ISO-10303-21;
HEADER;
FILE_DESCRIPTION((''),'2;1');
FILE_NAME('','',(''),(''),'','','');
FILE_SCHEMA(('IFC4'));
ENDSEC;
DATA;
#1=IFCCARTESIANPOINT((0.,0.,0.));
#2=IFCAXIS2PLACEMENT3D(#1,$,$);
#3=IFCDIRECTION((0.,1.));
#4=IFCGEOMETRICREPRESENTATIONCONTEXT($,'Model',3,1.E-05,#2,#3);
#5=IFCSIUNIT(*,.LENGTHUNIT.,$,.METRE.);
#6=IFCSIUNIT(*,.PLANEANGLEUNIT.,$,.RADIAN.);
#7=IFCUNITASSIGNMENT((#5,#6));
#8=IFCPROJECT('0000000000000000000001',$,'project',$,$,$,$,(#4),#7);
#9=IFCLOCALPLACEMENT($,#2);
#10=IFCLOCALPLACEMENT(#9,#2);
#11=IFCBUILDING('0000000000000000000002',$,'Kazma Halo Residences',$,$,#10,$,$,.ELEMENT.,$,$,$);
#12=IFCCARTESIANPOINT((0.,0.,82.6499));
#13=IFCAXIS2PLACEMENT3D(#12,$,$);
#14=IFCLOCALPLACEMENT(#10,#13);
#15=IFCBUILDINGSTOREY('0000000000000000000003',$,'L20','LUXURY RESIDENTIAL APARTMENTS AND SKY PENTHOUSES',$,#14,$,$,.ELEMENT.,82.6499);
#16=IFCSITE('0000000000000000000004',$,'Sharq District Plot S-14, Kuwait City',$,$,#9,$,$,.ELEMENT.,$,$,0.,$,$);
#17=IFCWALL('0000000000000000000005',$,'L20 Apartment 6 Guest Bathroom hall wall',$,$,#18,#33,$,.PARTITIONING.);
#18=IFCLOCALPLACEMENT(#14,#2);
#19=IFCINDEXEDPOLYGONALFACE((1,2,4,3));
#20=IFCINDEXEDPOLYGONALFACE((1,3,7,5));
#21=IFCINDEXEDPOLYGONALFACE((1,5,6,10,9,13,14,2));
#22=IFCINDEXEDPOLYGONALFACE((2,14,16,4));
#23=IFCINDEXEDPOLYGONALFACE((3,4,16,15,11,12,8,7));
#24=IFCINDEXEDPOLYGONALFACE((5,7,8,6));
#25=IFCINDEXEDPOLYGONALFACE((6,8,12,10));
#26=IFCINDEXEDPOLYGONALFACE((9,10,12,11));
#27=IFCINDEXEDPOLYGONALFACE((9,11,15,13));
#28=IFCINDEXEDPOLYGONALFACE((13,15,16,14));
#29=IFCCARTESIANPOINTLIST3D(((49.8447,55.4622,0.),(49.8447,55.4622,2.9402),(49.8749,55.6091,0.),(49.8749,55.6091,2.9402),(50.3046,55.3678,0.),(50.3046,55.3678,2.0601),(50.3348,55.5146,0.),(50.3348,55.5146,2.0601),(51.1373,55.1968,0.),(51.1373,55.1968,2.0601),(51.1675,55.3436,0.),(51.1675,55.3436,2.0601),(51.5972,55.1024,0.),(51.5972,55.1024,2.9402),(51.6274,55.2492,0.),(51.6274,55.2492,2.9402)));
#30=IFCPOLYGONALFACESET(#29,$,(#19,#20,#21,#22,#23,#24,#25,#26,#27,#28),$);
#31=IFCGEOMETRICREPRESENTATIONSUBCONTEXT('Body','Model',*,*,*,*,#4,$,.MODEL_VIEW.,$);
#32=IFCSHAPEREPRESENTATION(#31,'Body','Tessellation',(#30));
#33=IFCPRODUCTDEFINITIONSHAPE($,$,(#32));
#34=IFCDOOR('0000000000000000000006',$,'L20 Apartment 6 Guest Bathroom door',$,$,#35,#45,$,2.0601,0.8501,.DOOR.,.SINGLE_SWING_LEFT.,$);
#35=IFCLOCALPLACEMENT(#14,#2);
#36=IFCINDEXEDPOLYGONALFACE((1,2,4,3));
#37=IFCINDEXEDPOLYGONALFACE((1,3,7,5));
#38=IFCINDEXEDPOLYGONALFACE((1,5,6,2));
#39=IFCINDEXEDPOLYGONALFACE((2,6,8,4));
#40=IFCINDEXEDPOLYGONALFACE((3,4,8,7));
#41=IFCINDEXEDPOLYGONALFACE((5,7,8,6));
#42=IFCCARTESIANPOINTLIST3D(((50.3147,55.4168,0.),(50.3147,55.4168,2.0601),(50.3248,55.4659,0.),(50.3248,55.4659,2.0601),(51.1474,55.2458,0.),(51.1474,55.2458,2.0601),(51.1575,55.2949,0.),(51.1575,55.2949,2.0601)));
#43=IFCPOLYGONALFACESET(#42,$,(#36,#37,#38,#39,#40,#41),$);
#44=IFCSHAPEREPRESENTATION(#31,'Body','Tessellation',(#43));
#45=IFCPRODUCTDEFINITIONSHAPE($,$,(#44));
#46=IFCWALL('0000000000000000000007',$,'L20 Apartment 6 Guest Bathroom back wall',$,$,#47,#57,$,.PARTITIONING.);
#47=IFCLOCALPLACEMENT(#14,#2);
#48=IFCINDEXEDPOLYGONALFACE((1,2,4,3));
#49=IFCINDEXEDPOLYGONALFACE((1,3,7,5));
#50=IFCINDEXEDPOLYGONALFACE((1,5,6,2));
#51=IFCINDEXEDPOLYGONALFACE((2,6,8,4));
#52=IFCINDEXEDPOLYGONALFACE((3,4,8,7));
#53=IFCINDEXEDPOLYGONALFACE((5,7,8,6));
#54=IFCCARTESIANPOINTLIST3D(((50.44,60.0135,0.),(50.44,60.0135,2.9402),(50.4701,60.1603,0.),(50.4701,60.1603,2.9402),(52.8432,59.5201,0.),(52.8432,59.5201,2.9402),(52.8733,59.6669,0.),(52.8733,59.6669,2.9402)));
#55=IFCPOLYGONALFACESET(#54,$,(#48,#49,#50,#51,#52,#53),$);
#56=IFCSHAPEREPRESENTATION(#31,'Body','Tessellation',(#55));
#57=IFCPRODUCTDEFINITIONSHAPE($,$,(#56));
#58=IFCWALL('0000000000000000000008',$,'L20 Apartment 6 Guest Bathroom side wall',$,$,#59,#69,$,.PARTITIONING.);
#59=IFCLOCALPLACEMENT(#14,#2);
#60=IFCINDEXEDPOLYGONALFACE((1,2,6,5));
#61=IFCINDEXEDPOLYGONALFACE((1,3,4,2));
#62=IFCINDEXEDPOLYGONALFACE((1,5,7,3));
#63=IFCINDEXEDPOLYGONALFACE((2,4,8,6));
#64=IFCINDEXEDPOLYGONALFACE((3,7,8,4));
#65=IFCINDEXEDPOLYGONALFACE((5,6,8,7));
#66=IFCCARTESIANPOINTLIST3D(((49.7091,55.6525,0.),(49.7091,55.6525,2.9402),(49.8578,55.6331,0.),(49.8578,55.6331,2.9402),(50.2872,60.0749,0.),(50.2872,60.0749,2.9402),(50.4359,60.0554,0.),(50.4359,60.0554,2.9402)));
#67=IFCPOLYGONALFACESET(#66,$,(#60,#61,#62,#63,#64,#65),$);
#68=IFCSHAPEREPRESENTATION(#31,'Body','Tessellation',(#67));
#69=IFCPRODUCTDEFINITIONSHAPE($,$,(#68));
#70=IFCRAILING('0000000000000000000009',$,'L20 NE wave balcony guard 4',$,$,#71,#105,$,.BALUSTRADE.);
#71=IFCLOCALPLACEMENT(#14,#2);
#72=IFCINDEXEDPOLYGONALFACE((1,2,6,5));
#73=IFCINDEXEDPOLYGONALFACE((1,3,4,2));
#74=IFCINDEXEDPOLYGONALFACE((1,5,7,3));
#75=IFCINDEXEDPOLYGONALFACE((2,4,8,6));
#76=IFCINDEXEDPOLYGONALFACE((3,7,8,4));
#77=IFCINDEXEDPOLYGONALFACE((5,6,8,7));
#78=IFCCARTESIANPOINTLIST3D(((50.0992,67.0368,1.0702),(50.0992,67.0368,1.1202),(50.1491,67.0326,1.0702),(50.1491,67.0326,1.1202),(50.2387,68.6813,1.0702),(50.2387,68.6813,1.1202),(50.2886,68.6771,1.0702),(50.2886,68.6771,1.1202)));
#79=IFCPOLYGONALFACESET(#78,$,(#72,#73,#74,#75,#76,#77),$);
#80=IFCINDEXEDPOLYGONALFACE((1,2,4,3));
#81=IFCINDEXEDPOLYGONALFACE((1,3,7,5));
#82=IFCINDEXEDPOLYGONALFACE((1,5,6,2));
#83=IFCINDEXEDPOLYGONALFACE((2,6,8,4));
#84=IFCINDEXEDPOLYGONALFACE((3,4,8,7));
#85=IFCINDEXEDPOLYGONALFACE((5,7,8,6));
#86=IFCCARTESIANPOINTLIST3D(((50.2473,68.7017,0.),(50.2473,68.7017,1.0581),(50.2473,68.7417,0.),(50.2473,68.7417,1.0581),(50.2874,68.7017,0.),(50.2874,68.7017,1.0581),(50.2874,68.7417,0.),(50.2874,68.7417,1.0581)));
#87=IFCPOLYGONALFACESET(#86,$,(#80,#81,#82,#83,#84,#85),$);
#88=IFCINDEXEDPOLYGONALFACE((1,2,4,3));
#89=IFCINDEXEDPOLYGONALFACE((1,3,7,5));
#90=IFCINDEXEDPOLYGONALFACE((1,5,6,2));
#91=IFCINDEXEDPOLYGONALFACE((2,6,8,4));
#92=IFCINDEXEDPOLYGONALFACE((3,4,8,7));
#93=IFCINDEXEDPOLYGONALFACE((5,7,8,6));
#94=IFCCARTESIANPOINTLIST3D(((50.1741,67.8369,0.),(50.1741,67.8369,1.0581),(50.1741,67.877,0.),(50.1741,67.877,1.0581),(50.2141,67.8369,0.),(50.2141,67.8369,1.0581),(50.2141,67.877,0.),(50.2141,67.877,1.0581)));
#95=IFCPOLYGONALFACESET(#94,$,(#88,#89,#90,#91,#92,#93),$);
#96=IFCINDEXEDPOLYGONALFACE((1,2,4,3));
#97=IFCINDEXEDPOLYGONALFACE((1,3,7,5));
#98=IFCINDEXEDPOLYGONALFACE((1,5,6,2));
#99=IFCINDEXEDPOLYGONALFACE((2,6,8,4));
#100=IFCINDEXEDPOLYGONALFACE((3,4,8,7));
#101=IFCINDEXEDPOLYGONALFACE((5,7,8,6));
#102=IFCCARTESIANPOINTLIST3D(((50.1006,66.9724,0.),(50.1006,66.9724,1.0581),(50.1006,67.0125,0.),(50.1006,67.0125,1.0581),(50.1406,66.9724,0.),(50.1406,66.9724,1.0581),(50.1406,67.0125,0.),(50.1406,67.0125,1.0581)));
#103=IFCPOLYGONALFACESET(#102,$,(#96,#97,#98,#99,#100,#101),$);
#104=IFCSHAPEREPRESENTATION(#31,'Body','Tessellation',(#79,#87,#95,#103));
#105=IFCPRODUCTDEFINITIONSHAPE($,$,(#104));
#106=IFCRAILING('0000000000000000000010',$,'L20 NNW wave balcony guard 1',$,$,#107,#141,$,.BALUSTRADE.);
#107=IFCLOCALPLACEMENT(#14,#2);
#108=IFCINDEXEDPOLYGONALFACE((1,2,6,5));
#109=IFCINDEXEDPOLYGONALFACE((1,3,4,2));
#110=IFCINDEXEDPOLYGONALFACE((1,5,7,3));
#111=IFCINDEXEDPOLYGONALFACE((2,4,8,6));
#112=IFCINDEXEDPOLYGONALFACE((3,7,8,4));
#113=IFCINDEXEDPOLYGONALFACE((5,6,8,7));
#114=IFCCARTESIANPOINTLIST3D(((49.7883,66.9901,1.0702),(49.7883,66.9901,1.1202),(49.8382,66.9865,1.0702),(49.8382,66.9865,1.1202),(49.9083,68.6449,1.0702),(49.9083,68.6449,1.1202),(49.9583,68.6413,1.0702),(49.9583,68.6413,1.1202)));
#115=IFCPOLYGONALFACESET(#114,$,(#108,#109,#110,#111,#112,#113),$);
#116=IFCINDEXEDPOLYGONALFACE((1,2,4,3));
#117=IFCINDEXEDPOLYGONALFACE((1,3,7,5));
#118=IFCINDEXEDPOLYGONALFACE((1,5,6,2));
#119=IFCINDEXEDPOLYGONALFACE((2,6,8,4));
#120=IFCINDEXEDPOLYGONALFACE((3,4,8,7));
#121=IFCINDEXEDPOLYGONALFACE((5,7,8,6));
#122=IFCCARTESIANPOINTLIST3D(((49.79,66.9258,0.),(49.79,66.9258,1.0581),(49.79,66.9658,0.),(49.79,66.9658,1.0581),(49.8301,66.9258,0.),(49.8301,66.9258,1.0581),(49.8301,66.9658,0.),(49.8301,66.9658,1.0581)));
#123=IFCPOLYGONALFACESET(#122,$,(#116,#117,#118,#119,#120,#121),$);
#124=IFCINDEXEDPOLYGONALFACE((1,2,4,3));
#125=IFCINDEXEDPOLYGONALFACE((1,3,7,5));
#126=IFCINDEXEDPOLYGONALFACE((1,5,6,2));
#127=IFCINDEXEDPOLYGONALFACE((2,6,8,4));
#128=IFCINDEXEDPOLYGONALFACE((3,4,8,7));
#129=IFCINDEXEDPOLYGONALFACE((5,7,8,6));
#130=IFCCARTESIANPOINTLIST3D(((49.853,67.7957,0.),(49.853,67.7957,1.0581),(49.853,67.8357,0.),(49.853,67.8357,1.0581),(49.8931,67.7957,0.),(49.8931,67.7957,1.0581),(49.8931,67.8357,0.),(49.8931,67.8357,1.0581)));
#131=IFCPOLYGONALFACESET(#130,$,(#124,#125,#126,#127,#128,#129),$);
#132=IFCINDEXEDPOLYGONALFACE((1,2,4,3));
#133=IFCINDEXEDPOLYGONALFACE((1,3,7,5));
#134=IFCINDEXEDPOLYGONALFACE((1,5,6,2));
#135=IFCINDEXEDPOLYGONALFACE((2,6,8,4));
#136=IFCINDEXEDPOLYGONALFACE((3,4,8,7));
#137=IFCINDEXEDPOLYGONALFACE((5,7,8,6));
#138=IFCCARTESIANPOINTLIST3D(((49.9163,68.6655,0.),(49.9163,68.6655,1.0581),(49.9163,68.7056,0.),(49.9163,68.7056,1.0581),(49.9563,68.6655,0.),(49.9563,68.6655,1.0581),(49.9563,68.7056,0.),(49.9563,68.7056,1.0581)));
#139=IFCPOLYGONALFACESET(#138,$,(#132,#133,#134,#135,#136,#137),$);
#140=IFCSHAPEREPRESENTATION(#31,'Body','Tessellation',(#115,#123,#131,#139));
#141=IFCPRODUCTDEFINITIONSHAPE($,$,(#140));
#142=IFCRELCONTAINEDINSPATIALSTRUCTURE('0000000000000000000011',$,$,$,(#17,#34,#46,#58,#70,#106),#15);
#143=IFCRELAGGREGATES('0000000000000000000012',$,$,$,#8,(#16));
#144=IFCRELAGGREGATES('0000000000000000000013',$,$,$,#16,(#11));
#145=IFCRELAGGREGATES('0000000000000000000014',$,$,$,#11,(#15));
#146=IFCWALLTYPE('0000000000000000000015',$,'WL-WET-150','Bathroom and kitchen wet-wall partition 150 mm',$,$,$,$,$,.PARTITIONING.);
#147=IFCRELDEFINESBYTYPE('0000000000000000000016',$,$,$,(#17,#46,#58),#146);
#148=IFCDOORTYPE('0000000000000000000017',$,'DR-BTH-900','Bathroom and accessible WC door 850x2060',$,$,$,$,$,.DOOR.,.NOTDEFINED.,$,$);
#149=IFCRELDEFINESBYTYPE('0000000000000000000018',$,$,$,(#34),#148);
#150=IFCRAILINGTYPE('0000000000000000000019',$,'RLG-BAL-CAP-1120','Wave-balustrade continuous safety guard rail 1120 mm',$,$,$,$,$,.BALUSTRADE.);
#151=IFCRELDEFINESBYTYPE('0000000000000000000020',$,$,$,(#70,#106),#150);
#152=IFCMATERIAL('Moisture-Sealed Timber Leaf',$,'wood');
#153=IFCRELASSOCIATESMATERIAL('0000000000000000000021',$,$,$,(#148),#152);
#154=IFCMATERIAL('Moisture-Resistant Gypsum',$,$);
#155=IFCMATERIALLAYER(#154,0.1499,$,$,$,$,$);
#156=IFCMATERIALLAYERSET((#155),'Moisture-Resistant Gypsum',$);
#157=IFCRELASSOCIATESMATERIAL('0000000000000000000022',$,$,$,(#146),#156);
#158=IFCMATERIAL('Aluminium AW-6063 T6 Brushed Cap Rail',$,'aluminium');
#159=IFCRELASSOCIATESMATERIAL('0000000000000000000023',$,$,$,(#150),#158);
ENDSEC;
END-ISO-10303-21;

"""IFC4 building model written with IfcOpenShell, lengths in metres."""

from ifc_helpers import new_model, si_unit, direction, frame, frame_2d, origin, origin_2d, place, context, subcontext, project, spatial, rectangle, extrude, material, layer, layer_set, type_object, element, fill, save


model = new_model("IFC4")

# Units and contexts
model_context = context("Model", 3, precision=1e-05, world=origin(), true_north=direction((0.0, 1.0)))
body_context = subcontext(model_context, "Body", "Model", "MODEL_VIEW")
ifc_project = project(units=[si_unit("LENGTHUNIT", "METRE"), si_unit("PLANEANGLEUNIT", "RADIAN")], contexts=[model_context])

# Site, building, storey
site_placement = place(None, origin())
site = spatial("IfcSite", under=ifc_project, at=site_placement, Name="Sharq District Plot S-14, Kuwait City", CompositionType="ELEMENT", RefElevation=0.0)
building_placement = place(site_placement, origin())
building = spatial("IfcBuilding", under=site, at=building_placement, Name="Kazma Halo Residences", CompositionType="ELEMENT")
storey_placement = place(building_placement, frame((0.0, 0.0, 82.6499)))
storey = spatial("IfcBuildingStorey", under=building, at=storey_placement, Name="L20", Description="LUXURY RESIDENTIAL APARTMENTS AND SKY PENTHOUSES", CompositionType="ELEMENT", Elevation=82.6499)

# Shared definitions
ifc_material_1 = material(Name="Moisture-Sealed Timber Leaf", Category="wood")
door_type_1 = type_object("IfcDoorType", Name="DR-BTH-900", Description="Bathroom and accessible WC door 850x2060", OperationType="NOTDEFINED", PredefinedType="DOOR", material=ifc_material_1)

# Wall, opening, door
ifc_material_2 = material(Name="Moisture-Resistant Gypsum")
ifc_layer_1 = layer(ifc_material_2, 0.1499)
ifc_layer_set_1 = layer_set([ifc_layer_1], Name="Moisture-Resistant Gypsum")
wall_type_1 = type_object("IfcWallType", Name="WL-WET-150", Description="Bathroom and kitchen wet-wall partition 150 mm", PredefinedType="PARTITIONING", material=ifc_layer_set_1)
wall_1_placement = place(storey_placement, frame((51.6123, 55.1758, 0.0), z_axis=(0.0, 0.0, 1.0), x_axis=(-0.97956, 0.201152, 0.0)))
wall_1 = element("IfcWall", 1, at=wall_1_placement, inside=storey, type_object=wall_type_1, Name="L20 Apartment 6 Guest Bathroom hall wall", PredefinedType="PARTITIONING", context=body_context, shape_type="SweptSolid", body=[
    extrude(rectangle(XDim=1.7891, YDim=0.1499, at=frame_2d((0.8945, 0.0))), origin(), (0.0, 0.0, 1.0), 2.9402),
])
opening_1_placement = place(wall_1_placement, frame((0.4695, 0.0, 0.0)))
opening_1 = element("IfcOpeningElement", 2, at=opening_1_placement, cuts=wall_1, PredefinedType="OPENING", context=body_context, shape_type="SweptSolid", body=[
    extrude(rectangle(XDim=0.8501, YDim=2.0601, at=frame_2d((0.425, 1.03))), frame((0.0, 0.085, 0.0), z_axis=(0.0, -1.0, 0.0), x_axis=(1.0, 0.0, 0.0)), (0.0, 0.0, 1.0), 0.1699),
])
door_1_placement = place(opening_1_placement, origin())
door_1 = element("IfcDoor", 3, at=door_1_placement, inside=storey, type_object=door_type_1, Name="L20 Apartment 6 Guest Bathroom door", OperationType="SINGLE_SWING_LEFT", OverallHeight=2.0601, OverallWidth=0.8501, PredefinedType="DOOR", context=body_context, shape_type="SweptSolid", body=[
    extrude(rectangle(XDim=0.8501, YDim=2.0601, at=frame_2d((0.425, 1.03))), frame((0.0, 0.0249, 0.0), z_axis=(0.0, -1.0, 0.0), x_axis=(1.0, 0.0, 0.0)), (0.0, 0.0, 1.0), 0.05),
])
fill(opening_1, door_1)

# Walls
wall_2_placement = place(storey_placement, frame((52.8582, 59.5935, 0.0), z_axis=(0.0, 0.0, 1.0), x_axis=(-0.979569, 0.201108, 0.0)))
element("IfcWall", 4, at=wall_2_placement, inside=storey, type_object=wall_type_1, Name="L20 Apartment 6 Guest Bathroom back wall", PredefinedType="PARTITIONING", context=body_context, shape_type="SweptSolid", body=[
    extrude(rectangle(XDim=2.4534, YDim=0.1499, at=frame_2d((1.2266, 0.0))), origin(), (0.0, 0.0, 1.0), 2.9402),
])
wall_3_placement = place(storey_placement, frame((49.7834, 55.6428, 0.0), z_axis=(0.0, 0.0, 1.0), x_axis=(0.129625, 0.991563, 0.0)))
element("IfcWall", 5, at=wall_3_placement, inside=storey, type_object=wall_type_1, Name="L20 Apartment 6 Guest Bathroom side wall", PredefinedType="PARTITIONING", context=body_context, shape_type="SweptSolid", body=[
    extrude(rectangle(XDim=4.46, YDim=0.1499, at=frame_2d((2.23, 0.0))), origin(), (0.0, 0.0, 1.0), 2.9402),
])

# Railings
ifc_material_3 = material(Name="Aluminium AW-6063 T6 Brushed Cap Rail", Category="aluminium")
railing_type = type_object("IfcRailingType", Name="RLG-BAL-CAP-1120", Description="Wave-balustrade continuous safety guard rail 1120 mm", PredefinedType="BALUSTRADE", material=ifc_material_3)
railing_1_placement = place(storey_placement, frame((50.2673, 68.7217, 0.0)))
element("IfcRailing", 6, at=railing_1_placement, inside=storey, type_object=railing_type, Name="L20 NE wave balcony guard 4", PredefinedType="BALUSTRADE", context=body_context, shape_type="SweptSolid", body=[
    extrude(rectangle(XDim=0.05, YDim=0.05, at=origin_2d()), frame((-0.0037, -0.0425, 1.0952), z_axis=(-0.084547, -0.996419, 0.0), x_axis=(0.996419, -0.084547, 0.0)), (0.0, 0.0, 1.0), 1.6504),
    extrude(rectangle(XDim=0.04, YDim=0.04, at=origin_2d()), origin(), (0.0, 0.0, 1.0), 1.0581),
    extrude(rectangle(XDim=0.04, YDim=0.04, at=origin_2d()), frame((-0.0732, -0.8647, 0.0)), (0.0, 0.0, 1.0), 1.0581),
    extrude(rectangle(XDim=0.04, YDim=0.04, at=origin_2d()), frame((-0.1467, -1.7292, 0.0)), (0.0, 0.0, 1.0), 1.0581),
])
railing_2_placement = place(storey_placement, frame((49.8101, 66.9458, 0.0)))
element("IfcRailing", 7, at=railing_2_placement, inside=storey, type_object=railing_type, Name="L20 NNW wave balcony guard 1", PredefinedType="BALUSTRADE", context=body_context, shape_type="SweptSolid", body=[
    extrude(rectangle(XDim=0.05, YDim=0.05, at=origin_2d()), frame((0.0032, 0.0425, 1.0952), z_axis=(0.072361, 0.997379, 0.0), x_axis=(-0.997379, 0.072361, 0.0)), (0.0, 0.0, 1.0), 1.6592),
    extrude(rectangle(XDim=0.04, YDim=0.04, at=origin_2d()), origin(), (0.0, 0.0, 1.0), 1.0581),
    extrude(rectangle(XDim=0.04, YDim=0.04, at=origin_2d()), frame((0.063, 0.8699, 0.0)), (0.0, 0.0, 1.0), 1.0581),
    extrude(rectangle(XDim=0.04, YDim=0.04, at=origin_2d()), frame((0.1262, 1.7397, 0.0)), (0.0, 0.0, 1.0), 1.0581),
])

save(model, "model.ifc")
